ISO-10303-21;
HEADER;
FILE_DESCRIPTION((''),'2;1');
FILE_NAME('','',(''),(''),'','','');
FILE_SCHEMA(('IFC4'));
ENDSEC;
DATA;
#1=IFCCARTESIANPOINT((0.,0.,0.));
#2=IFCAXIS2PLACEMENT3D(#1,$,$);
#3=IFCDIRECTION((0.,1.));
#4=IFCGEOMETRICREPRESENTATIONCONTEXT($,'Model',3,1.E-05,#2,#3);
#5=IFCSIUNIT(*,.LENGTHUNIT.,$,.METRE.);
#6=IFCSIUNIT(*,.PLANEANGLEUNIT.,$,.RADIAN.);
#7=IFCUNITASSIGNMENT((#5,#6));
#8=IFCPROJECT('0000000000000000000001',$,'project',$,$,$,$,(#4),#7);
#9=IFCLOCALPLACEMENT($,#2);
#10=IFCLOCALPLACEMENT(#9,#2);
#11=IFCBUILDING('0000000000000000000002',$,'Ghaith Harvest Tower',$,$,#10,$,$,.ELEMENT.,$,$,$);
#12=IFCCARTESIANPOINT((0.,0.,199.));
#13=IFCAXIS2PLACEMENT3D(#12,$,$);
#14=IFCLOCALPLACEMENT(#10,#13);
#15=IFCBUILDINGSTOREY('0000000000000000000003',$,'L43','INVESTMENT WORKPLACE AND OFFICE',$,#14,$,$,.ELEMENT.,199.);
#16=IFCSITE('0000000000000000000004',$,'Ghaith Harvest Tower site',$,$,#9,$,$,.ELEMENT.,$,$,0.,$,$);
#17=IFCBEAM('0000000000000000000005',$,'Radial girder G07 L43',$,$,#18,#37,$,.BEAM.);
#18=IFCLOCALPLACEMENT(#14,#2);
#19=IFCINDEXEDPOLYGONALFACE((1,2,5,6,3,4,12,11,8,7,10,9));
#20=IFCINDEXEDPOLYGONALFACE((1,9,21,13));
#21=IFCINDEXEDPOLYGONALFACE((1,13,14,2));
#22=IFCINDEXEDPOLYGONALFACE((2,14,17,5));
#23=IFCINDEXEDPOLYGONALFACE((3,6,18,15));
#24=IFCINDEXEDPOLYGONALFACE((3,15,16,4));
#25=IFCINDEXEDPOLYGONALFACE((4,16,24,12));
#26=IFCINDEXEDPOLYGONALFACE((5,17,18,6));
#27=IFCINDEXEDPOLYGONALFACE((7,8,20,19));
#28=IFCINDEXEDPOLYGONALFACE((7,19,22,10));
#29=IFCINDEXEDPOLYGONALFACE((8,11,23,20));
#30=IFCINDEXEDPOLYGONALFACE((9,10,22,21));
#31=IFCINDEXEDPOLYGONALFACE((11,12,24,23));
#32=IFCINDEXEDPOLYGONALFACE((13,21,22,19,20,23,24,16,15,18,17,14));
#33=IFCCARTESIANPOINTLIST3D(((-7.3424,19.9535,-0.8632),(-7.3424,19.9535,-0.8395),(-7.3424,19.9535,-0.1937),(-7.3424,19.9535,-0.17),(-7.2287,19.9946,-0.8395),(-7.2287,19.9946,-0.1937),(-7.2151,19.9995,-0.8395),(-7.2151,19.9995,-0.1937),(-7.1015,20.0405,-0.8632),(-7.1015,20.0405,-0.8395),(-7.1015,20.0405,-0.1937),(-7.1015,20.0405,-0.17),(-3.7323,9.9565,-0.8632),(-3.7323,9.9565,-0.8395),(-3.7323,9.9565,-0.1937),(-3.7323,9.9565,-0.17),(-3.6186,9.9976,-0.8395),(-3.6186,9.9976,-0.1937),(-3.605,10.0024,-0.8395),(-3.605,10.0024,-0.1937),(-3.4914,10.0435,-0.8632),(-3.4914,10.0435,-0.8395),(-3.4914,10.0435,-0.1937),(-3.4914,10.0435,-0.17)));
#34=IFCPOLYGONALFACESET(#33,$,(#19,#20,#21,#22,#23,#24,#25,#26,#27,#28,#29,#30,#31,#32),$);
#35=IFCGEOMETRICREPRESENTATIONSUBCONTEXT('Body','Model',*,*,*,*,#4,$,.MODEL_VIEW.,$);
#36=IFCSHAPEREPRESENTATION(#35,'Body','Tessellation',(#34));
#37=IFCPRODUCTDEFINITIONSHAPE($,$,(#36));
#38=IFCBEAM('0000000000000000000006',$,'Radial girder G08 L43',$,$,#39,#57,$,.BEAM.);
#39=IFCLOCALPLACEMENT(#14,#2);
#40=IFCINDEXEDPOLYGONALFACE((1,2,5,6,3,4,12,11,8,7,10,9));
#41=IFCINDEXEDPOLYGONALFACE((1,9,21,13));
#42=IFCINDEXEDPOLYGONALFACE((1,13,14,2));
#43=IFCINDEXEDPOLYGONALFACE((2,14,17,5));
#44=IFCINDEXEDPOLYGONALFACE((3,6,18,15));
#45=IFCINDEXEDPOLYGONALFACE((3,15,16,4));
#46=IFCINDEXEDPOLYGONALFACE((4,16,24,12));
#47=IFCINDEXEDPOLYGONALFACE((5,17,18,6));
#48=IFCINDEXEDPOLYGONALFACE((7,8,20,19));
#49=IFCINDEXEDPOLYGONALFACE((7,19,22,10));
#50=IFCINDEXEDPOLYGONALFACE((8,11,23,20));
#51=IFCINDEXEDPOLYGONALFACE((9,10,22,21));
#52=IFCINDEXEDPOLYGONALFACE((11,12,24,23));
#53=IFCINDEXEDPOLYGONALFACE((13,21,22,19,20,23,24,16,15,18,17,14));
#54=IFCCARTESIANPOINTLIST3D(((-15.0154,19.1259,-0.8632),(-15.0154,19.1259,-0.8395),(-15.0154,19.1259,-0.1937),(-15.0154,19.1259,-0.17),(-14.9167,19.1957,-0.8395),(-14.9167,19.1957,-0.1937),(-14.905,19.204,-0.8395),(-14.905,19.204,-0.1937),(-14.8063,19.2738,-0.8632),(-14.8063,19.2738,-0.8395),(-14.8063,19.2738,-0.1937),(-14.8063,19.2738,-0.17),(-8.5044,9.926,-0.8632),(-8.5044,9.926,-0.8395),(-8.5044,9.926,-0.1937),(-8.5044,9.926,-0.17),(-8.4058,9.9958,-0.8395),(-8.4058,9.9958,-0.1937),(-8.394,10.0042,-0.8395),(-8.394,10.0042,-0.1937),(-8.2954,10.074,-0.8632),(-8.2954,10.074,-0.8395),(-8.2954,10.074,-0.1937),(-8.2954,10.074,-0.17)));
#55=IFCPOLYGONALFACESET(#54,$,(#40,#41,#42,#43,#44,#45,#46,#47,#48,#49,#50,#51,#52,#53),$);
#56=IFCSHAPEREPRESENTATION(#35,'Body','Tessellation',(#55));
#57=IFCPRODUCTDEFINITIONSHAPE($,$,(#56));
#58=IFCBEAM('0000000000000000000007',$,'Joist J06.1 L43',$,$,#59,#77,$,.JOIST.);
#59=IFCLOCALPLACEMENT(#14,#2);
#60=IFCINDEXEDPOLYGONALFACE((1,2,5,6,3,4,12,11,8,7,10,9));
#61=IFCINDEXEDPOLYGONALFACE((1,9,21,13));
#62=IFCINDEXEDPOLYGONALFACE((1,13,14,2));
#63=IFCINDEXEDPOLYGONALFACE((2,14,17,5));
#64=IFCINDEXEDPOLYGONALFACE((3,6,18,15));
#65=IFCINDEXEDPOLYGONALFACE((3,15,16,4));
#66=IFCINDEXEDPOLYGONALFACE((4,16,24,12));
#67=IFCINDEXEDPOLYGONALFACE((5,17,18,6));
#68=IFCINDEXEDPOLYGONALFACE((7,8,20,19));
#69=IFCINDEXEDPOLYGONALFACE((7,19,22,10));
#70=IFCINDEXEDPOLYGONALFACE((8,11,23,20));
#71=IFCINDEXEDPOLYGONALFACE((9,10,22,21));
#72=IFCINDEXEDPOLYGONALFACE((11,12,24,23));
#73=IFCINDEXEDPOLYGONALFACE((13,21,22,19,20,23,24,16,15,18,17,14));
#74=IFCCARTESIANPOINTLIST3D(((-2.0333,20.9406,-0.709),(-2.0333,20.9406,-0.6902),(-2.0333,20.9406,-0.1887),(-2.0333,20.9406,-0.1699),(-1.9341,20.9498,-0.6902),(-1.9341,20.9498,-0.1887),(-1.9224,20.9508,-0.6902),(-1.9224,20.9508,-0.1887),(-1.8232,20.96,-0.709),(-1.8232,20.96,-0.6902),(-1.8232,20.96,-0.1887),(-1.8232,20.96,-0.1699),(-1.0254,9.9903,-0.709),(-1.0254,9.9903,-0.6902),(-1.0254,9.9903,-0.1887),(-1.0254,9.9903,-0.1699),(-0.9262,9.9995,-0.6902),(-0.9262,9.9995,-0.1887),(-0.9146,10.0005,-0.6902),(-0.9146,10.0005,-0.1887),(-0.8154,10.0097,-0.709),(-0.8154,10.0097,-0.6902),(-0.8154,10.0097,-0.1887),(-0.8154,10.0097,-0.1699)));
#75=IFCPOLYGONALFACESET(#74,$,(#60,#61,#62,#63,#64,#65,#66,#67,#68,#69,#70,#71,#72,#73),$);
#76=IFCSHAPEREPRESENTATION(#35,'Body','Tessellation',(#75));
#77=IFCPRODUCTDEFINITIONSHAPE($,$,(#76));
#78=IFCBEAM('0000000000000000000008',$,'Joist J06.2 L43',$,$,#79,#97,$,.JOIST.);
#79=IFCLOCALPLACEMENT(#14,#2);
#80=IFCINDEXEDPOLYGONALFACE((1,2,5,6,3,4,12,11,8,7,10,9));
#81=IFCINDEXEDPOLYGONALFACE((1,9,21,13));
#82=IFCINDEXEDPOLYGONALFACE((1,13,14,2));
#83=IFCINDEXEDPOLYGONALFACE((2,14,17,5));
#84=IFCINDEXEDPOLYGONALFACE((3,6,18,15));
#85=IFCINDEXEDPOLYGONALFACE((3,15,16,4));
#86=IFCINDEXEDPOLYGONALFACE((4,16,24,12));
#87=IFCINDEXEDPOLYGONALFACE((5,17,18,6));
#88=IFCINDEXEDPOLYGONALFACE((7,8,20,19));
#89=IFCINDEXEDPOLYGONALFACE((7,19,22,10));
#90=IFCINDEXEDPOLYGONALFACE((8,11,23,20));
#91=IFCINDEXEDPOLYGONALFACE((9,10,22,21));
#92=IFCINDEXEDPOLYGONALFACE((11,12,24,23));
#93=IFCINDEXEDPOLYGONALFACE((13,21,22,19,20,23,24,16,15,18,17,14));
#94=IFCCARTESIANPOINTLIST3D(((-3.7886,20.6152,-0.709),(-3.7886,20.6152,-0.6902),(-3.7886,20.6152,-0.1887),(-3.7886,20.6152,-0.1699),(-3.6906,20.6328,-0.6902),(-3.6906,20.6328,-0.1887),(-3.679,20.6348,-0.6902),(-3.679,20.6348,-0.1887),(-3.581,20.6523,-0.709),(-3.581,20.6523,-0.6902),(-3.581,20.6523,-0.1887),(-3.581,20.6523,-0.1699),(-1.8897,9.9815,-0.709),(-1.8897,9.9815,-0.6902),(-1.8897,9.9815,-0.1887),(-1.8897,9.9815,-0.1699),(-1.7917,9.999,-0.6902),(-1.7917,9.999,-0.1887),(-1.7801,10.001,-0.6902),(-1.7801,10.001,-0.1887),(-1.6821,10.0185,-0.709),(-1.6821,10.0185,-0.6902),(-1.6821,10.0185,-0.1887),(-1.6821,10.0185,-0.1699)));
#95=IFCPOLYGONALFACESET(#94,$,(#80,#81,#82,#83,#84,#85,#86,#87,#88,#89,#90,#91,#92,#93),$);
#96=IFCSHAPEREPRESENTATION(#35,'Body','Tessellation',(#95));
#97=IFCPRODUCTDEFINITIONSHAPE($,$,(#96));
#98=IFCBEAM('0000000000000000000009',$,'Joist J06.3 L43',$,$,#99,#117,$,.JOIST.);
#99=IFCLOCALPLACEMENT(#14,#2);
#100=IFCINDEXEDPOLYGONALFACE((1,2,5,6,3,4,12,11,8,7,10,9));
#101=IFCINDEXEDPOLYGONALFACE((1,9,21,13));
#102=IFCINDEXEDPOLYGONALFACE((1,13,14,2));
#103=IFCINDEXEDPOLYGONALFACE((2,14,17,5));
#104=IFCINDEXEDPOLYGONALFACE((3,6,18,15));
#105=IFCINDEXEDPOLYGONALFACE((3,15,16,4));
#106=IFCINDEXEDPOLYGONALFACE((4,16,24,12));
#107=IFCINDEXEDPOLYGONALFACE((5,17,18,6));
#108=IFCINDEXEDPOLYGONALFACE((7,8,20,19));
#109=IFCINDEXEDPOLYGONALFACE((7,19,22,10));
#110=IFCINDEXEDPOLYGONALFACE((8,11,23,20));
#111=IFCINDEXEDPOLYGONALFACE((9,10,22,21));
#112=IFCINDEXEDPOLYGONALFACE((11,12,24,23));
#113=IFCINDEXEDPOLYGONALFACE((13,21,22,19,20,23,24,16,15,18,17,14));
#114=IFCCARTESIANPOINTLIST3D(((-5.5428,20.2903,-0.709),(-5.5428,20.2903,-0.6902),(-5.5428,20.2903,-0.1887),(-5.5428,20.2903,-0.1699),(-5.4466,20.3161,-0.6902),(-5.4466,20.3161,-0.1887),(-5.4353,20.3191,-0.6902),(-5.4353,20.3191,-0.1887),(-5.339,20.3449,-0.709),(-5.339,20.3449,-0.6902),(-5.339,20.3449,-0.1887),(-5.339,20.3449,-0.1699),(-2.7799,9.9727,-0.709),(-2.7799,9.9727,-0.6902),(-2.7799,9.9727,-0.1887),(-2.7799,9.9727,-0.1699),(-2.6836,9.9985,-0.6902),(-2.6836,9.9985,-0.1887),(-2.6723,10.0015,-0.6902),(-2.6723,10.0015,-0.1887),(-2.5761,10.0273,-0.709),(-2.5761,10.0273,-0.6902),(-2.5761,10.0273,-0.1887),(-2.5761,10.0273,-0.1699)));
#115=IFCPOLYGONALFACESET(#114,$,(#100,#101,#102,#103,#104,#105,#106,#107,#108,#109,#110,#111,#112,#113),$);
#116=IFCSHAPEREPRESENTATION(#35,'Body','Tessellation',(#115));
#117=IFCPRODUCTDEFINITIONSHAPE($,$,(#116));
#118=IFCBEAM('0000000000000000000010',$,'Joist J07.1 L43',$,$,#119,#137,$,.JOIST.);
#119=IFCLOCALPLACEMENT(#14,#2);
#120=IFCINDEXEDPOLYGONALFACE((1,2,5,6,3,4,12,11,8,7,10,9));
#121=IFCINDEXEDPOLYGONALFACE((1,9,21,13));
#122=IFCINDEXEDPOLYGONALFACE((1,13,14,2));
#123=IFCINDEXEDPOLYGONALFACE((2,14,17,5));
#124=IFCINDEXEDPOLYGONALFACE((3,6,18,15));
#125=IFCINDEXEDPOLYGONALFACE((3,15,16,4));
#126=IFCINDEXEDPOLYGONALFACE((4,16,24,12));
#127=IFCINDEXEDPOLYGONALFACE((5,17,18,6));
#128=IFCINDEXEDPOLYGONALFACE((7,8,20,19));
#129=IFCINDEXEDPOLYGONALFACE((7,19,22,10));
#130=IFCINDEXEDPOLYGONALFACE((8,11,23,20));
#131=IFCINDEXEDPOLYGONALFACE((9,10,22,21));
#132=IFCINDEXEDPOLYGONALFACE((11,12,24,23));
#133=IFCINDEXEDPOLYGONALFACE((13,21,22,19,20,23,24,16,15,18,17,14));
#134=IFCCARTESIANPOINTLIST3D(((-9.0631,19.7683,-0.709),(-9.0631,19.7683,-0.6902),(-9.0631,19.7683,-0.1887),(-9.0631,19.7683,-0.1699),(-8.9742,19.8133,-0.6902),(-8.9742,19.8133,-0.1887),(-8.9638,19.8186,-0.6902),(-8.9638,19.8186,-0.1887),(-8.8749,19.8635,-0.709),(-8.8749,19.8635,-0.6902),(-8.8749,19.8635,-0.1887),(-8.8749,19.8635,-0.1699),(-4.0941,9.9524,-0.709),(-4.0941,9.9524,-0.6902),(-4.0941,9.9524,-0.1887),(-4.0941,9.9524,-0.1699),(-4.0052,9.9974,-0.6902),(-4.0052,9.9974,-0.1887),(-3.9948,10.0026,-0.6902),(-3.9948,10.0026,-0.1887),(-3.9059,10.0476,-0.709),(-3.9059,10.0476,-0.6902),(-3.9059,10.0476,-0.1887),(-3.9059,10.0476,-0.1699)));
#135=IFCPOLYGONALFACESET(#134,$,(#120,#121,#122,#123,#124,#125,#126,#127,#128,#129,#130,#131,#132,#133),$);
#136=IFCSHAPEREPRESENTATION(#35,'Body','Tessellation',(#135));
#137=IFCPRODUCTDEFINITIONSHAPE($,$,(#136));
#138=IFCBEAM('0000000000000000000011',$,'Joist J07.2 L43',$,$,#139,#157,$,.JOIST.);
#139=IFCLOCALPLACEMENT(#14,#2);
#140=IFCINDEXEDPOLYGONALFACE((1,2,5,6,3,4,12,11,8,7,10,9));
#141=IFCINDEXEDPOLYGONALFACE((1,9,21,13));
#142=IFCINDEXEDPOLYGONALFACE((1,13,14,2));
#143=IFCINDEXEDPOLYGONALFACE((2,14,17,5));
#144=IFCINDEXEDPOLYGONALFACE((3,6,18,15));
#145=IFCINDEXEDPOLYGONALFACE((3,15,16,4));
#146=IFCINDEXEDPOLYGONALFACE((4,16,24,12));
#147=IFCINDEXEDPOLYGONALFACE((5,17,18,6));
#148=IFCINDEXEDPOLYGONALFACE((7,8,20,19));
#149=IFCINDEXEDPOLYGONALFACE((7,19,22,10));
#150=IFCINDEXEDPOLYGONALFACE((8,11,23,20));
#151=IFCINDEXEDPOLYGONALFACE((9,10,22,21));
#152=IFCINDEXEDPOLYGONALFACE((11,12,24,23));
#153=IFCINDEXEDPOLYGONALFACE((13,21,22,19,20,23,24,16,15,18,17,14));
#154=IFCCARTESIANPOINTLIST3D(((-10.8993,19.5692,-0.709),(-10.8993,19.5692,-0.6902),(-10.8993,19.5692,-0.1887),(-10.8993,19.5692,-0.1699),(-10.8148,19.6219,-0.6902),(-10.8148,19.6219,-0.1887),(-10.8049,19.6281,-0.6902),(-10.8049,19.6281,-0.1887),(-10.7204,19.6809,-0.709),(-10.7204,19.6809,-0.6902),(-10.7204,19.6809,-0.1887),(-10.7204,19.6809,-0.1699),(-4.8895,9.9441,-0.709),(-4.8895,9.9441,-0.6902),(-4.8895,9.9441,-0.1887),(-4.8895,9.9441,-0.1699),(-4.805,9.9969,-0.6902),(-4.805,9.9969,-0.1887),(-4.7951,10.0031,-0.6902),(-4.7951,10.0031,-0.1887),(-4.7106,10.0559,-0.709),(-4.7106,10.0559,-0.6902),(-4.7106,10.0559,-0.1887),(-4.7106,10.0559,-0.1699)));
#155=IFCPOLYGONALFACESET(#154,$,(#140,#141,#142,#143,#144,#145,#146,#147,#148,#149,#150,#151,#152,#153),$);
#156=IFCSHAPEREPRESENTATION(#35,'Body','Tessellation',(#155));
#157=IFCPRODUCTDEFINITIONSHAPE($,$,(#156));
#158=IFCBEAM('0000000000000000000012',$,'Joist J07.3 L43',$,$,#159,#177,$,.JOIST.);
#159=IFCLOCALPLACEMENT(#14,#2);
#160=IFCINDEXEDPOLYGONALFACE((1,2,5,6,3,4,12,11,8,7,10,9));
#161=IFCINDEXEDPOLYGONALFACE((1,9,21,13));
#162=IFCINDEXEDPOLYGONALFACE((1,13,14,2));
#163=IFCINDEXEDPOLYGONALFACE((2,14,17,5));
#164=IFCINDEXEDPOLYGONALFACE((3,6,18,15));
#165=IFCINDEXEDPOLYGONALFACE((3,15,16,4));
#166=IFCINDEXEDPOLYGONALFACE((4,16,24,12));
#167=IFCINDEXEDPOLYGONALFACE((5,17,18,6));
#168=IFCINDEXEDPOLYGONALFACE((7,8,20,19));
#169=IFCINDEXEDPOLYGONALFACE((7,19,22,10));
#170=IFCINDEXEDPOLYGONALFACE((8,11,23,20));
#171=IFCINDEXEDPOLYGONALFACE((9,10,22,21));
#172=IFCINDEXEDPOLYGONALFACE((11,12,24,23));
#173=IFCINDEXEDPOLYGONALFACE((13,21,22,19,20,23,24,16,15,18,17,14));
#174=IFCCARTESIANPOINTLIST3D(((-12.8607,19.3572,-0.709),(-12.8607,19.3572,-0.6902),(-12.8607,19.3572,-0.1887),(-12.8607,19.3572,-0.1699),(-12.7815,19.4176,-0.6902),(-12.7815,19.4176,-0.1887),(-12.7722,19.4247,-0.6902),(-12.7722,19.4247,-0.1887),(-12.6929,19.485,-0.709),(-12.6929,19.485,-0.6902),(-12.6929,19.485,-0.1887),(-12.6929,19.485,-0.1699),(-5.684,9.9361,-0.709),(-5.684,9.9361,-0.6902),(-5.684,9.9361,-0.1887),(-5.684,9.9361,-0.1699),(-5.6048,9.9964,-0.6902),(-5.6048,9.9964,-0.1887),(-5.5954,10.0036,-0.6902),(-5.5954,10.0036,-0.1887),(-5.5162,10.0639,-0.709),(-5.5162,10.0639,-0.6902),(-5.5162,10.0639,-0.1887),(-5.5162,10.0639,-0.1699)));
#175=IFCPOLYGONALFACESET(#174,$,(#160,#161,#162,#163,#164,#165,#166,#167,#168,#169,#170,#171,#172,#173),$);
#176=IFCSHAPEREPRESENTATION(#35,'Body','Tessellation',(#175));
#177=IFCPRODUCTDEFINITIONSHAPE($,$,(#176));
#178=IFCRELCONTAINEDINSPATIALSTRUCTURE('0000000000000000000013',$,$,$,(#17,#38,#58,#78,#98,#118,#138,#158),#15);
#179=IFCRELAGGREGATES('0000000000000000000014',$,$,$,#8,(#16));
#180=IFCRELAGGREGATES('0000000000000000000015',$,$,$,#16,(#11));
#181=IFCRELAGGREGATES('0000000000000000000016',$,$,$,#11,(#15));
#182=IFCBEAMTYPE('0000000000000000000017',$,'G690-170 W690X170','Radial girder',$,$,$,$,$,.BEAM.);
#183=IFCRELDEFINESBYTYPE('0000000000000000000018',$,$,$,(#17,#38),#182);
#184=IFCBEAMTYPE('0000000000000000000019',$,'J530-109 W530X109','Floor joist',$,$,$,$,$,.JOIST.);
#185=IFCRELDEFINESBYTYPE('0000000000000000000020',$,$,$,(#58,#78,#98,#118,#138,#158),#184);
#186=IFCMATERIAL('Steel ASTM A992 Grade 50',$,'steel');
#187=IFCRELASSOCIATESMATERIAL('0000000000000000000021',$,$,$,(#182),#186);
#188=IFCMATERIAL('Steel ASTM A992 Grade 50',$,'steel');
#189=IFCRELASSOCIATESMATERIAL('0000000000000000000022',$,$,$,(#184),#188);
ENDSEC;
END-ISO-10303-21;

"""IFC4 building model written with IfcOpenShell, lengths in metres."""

from ifc_helpers import new_model, si_unit, direction, frame, origin, origin_2d, place, context, subcontext, project, spatial, i_section, extrude, material, material_profile, profile_set, type_object, element, save


model = new_model("IFC4")

# Units and contexts
model_context = context("Model", 3, precision=1e-05, world=origin(), true_north=direction((0.0, 1.0)))
body_context = subcontext(model_context, "Body", "Model", "MODEL_VIEW")
ifc_project = project(units=[si_unit("LENGTHUNIT", "METRE"), si_unit("PLANEANGLEUNIT", "RADIAN")], contexts=[model_context])

# Site, building, storey
site_placement = place(None, origin())
site = spatial("IfcSite", under=ifc_project, at=site_placement, Name="Ghaith Harvest Tower site", CompositionType="ELEMENT", RefElevation=0.0)
building_placement = place(site_placement, origin())
building = spatial("IfcBuilding", under=site, at=building_placement, Name="Ghaith Harvest Tower", CompositionType="ELEMENT")
storey_placement = place(building_placement, frame((0.0, 0.0, 199.0)))
storey = spatial("IfcBuildingStorey", under=building, at=storey_placement, Name="L43", Description="INVESTMENT WORKPLACE AND OFFICE", CompositionType="ELEMENT", Elevation=199.0)

# Beams
ifc_material_1 = material(Name="Steel ASTM A992 Grade 50", Category="steel")
ifc_material_profile_1 = material_profile(ifc_material_1, i_section(OverallWidth=0.2561, OverallDepth=0.6931, WebThickness=0.0144, FlangeThickness=0.0237, at=origin_2d()), Name="W690X170")
ifc_profile_set_1 = profile_set([ifc_material_profile_1], Name="Steel ASTM A992 Grade 50")
beam_type_1 = type_object("IfcBeamType", Name="G690-170 W690X170", Description="Radial girder", PredefinedType="BEAM", material=ifc_profile_set_1)
beam_1_placement = place(storey_placement, frame((-3.6118, 10.0, -0.5166), z_axis=(-0.339649, 0.940552, 0.0), x_axis=(-0.940552, -0.339649, 0.0)))
element("IfcBeam", 1, at=beam_1_placement, inside=storey, type_object=beam_type_1, Name="Radial girder G07 L43", PredefinedType="BEAM", context=body_context, shape_type="SweptSolid", body=[
    extrude(i_section(OverallWidth=0.2561, OverallDepth=0.6931, WebThickness=0.0144, FlangeThickness=0.0237, at=origin_2d()), origin(), (0.0, 0.0, 1.0), 10.6289),
])
beam_2_placement = place(storey_placement, frame((-8.3999, 10.0, -0.5166), z_axis=(-0.577684, 0.816261, 0.0), x_axis=(-0.816261, -0.577684, 0.0)))
element("IfcBeam", 2, at=beam_2_placement, inside=storey, type_object=beam_type_1, Name="Radial girder G08 L43", PredefinedType="BEAM", context=body_context, shape_type="SweptSolid", body=[
    extrude(i_section(OverallWidth=0.2561, OverallDepth=0.6931, WebThickness=0.0144, FlangeThickness=0.0237, at=origin_2d()), origin(), (0.0, 0.0, 1.0), 11.2708),
])
ifc_material_2 = material(Name="Steel ASTM A992 Grade 50", Category="steel")
ifc_material_profile_2 = material_profile(ifc_material_2, i_section(OverallWidth=0.2109, OverallDepth=0.5391, WebThickness=0.0117, FlangeThickness=0.0188, at=origin_2d()), Name="W530X109")
ifc_profile_set_2 = profile_set([ifc_material_profile_2], Name="Steel ASTM A992 Grade 50")
beam_type_2 = type_object("IfcBeamType", Name="J530-109 W530X109", Description="Floor joist", PredefinedType="JOIST", material=ifc_profile_set_2)
beam_3_placement = place(storey_placement, frame((-0.9204, 10.0, -0.4395), z_axis=(-0.091649, 0.995791, 0.0), x_axis=(-0.995791, -0.091649, 0.0)))
element("IfcBeam", 3, at=beam_3_placement, inside=storey, type_object=beam_type_2, Name="Joist J06.1 L43", PredefinedType="JOIST", context=body_context, shape_type="SweptSolid", body=[
    extrude(i_section(OverallWidth=0.2109, OverallDepth=0.5391, WebThickness=0.0117, FlangeThickness=0.0188, at=origin_2d()), origin(), (0.0, 0.0, 1.0), 10.9966),
])
beam_4_placement = place(storey_placement, frame((-1.7859, 10.0, -0.4395), z_axis=(-0.175794, 0.984427, 0.0), x_axis=(-0.984427, -0.175794, 0.0)))
element("IfcBeam", 4, at=beam_4_placement, inside=storey, type_object=beam_type_2, Name="Joist J06.2 L43", PredefinedType="JOIST", context=body_context, shape_type="SweptSolid", body=[
    extrude(i_section(OverallWidth=0.2109, OverallDepth=0.5391, WebThickness=0.0117, FlangeThickness=0.0188, at=origin_2d()), origin(), (0.0, 0.0, 1.0), 10.802),
])
beam_5_placement = place(storey_placement, frame((-2.678, 10.0, -0.4395), z_axis=(-0.258674, 0.965965, 0.0), x_axis=(-0.965965, -0.258674, 0.0)))
element("IfcBeam", 5, at=beam_5_placement, inside=storey, type_object=beam_type_2, Name="Joist J06.3 L43", PredefinedType="JOIST", context=body_context, shape_type="SweptSolid", body=[
    extrude(i_section(OverallWidth=0.2109, OverallDepth=0.5391, WebThickness=0.0117, FlangeThickness=0.0188, at=origin_2d()), origin(), (0.0, 0.0, 1.0), 10.6812),
])
beam_6_placement = place(storey_placement, frame((-4.0, 10.0, -0.4395), z_axis=(-0.451646, 0.892197, 0.0), x_axis=(-0.892197, -0.451646, 0.0)))
element("IfcBeam", 6, at=beam_6_placement, inside=storey, type_object=beam_type_2, Name="Joist J07.1 L43", PredefinedType="JOIST", context=body_context, shape_type="SweptSolid", body=[
    extrude(i_section(OverallWidth=0.2109, OverallDepth=0.5391, WebThickness=0.0117, FlangeThickness=0.0188, at=origin_2d()), origin(), (0.0, 0.0, 1.0), 11.002),
])
beam_7_placement = place(storey_placement, frame((-4.8, 10.0, -0.4395), z_axis=(-0.529628, 0.84823, 0.0), x_axis=(-0.84823, -0.529628, 0.0)))
element("IfcBeam", 7, at=beam_7_placement, inside=storey, type_object=beam_type_2, Name="Joist J07.2 L43", PredefinedType="JOIST", context=body_context, shape_type="SweptSolid", body=[
    extrude(i_section(OverallWidth=0.2109, OverallDepth=0.5391, WebThickness=0.0117, FlangeThickness=0.0188, at=origin_2d()), origin(), (0.0, 0.0, 1.0), 11.3472),
])
beam_8_placement = place(storey_placement, frame((-5.6001, 10.0, -0.4395), z_axis=(-0.605976, 0.795483, 0.0), x_axis=(-0.795483, -0.605976, 0.0)))
element("IfcBeam", 8, at=beam_8_placement, inside=storey, type_object=beam_type_2, Name="Joist J07.3 L43", PredefinedType="JOIST", context=body_context, shape_type="SweptSolid", body=[
    extrude(i_section(OverallWidth=0.2109, OverallDepth=0.5391, WebThickness=0.0117, FlangeThickness=0.0188, at=origin_2d()), origin(), (0.0, 0.0, 1.0), 11.8433),
])

save(model, "model.ifc")
